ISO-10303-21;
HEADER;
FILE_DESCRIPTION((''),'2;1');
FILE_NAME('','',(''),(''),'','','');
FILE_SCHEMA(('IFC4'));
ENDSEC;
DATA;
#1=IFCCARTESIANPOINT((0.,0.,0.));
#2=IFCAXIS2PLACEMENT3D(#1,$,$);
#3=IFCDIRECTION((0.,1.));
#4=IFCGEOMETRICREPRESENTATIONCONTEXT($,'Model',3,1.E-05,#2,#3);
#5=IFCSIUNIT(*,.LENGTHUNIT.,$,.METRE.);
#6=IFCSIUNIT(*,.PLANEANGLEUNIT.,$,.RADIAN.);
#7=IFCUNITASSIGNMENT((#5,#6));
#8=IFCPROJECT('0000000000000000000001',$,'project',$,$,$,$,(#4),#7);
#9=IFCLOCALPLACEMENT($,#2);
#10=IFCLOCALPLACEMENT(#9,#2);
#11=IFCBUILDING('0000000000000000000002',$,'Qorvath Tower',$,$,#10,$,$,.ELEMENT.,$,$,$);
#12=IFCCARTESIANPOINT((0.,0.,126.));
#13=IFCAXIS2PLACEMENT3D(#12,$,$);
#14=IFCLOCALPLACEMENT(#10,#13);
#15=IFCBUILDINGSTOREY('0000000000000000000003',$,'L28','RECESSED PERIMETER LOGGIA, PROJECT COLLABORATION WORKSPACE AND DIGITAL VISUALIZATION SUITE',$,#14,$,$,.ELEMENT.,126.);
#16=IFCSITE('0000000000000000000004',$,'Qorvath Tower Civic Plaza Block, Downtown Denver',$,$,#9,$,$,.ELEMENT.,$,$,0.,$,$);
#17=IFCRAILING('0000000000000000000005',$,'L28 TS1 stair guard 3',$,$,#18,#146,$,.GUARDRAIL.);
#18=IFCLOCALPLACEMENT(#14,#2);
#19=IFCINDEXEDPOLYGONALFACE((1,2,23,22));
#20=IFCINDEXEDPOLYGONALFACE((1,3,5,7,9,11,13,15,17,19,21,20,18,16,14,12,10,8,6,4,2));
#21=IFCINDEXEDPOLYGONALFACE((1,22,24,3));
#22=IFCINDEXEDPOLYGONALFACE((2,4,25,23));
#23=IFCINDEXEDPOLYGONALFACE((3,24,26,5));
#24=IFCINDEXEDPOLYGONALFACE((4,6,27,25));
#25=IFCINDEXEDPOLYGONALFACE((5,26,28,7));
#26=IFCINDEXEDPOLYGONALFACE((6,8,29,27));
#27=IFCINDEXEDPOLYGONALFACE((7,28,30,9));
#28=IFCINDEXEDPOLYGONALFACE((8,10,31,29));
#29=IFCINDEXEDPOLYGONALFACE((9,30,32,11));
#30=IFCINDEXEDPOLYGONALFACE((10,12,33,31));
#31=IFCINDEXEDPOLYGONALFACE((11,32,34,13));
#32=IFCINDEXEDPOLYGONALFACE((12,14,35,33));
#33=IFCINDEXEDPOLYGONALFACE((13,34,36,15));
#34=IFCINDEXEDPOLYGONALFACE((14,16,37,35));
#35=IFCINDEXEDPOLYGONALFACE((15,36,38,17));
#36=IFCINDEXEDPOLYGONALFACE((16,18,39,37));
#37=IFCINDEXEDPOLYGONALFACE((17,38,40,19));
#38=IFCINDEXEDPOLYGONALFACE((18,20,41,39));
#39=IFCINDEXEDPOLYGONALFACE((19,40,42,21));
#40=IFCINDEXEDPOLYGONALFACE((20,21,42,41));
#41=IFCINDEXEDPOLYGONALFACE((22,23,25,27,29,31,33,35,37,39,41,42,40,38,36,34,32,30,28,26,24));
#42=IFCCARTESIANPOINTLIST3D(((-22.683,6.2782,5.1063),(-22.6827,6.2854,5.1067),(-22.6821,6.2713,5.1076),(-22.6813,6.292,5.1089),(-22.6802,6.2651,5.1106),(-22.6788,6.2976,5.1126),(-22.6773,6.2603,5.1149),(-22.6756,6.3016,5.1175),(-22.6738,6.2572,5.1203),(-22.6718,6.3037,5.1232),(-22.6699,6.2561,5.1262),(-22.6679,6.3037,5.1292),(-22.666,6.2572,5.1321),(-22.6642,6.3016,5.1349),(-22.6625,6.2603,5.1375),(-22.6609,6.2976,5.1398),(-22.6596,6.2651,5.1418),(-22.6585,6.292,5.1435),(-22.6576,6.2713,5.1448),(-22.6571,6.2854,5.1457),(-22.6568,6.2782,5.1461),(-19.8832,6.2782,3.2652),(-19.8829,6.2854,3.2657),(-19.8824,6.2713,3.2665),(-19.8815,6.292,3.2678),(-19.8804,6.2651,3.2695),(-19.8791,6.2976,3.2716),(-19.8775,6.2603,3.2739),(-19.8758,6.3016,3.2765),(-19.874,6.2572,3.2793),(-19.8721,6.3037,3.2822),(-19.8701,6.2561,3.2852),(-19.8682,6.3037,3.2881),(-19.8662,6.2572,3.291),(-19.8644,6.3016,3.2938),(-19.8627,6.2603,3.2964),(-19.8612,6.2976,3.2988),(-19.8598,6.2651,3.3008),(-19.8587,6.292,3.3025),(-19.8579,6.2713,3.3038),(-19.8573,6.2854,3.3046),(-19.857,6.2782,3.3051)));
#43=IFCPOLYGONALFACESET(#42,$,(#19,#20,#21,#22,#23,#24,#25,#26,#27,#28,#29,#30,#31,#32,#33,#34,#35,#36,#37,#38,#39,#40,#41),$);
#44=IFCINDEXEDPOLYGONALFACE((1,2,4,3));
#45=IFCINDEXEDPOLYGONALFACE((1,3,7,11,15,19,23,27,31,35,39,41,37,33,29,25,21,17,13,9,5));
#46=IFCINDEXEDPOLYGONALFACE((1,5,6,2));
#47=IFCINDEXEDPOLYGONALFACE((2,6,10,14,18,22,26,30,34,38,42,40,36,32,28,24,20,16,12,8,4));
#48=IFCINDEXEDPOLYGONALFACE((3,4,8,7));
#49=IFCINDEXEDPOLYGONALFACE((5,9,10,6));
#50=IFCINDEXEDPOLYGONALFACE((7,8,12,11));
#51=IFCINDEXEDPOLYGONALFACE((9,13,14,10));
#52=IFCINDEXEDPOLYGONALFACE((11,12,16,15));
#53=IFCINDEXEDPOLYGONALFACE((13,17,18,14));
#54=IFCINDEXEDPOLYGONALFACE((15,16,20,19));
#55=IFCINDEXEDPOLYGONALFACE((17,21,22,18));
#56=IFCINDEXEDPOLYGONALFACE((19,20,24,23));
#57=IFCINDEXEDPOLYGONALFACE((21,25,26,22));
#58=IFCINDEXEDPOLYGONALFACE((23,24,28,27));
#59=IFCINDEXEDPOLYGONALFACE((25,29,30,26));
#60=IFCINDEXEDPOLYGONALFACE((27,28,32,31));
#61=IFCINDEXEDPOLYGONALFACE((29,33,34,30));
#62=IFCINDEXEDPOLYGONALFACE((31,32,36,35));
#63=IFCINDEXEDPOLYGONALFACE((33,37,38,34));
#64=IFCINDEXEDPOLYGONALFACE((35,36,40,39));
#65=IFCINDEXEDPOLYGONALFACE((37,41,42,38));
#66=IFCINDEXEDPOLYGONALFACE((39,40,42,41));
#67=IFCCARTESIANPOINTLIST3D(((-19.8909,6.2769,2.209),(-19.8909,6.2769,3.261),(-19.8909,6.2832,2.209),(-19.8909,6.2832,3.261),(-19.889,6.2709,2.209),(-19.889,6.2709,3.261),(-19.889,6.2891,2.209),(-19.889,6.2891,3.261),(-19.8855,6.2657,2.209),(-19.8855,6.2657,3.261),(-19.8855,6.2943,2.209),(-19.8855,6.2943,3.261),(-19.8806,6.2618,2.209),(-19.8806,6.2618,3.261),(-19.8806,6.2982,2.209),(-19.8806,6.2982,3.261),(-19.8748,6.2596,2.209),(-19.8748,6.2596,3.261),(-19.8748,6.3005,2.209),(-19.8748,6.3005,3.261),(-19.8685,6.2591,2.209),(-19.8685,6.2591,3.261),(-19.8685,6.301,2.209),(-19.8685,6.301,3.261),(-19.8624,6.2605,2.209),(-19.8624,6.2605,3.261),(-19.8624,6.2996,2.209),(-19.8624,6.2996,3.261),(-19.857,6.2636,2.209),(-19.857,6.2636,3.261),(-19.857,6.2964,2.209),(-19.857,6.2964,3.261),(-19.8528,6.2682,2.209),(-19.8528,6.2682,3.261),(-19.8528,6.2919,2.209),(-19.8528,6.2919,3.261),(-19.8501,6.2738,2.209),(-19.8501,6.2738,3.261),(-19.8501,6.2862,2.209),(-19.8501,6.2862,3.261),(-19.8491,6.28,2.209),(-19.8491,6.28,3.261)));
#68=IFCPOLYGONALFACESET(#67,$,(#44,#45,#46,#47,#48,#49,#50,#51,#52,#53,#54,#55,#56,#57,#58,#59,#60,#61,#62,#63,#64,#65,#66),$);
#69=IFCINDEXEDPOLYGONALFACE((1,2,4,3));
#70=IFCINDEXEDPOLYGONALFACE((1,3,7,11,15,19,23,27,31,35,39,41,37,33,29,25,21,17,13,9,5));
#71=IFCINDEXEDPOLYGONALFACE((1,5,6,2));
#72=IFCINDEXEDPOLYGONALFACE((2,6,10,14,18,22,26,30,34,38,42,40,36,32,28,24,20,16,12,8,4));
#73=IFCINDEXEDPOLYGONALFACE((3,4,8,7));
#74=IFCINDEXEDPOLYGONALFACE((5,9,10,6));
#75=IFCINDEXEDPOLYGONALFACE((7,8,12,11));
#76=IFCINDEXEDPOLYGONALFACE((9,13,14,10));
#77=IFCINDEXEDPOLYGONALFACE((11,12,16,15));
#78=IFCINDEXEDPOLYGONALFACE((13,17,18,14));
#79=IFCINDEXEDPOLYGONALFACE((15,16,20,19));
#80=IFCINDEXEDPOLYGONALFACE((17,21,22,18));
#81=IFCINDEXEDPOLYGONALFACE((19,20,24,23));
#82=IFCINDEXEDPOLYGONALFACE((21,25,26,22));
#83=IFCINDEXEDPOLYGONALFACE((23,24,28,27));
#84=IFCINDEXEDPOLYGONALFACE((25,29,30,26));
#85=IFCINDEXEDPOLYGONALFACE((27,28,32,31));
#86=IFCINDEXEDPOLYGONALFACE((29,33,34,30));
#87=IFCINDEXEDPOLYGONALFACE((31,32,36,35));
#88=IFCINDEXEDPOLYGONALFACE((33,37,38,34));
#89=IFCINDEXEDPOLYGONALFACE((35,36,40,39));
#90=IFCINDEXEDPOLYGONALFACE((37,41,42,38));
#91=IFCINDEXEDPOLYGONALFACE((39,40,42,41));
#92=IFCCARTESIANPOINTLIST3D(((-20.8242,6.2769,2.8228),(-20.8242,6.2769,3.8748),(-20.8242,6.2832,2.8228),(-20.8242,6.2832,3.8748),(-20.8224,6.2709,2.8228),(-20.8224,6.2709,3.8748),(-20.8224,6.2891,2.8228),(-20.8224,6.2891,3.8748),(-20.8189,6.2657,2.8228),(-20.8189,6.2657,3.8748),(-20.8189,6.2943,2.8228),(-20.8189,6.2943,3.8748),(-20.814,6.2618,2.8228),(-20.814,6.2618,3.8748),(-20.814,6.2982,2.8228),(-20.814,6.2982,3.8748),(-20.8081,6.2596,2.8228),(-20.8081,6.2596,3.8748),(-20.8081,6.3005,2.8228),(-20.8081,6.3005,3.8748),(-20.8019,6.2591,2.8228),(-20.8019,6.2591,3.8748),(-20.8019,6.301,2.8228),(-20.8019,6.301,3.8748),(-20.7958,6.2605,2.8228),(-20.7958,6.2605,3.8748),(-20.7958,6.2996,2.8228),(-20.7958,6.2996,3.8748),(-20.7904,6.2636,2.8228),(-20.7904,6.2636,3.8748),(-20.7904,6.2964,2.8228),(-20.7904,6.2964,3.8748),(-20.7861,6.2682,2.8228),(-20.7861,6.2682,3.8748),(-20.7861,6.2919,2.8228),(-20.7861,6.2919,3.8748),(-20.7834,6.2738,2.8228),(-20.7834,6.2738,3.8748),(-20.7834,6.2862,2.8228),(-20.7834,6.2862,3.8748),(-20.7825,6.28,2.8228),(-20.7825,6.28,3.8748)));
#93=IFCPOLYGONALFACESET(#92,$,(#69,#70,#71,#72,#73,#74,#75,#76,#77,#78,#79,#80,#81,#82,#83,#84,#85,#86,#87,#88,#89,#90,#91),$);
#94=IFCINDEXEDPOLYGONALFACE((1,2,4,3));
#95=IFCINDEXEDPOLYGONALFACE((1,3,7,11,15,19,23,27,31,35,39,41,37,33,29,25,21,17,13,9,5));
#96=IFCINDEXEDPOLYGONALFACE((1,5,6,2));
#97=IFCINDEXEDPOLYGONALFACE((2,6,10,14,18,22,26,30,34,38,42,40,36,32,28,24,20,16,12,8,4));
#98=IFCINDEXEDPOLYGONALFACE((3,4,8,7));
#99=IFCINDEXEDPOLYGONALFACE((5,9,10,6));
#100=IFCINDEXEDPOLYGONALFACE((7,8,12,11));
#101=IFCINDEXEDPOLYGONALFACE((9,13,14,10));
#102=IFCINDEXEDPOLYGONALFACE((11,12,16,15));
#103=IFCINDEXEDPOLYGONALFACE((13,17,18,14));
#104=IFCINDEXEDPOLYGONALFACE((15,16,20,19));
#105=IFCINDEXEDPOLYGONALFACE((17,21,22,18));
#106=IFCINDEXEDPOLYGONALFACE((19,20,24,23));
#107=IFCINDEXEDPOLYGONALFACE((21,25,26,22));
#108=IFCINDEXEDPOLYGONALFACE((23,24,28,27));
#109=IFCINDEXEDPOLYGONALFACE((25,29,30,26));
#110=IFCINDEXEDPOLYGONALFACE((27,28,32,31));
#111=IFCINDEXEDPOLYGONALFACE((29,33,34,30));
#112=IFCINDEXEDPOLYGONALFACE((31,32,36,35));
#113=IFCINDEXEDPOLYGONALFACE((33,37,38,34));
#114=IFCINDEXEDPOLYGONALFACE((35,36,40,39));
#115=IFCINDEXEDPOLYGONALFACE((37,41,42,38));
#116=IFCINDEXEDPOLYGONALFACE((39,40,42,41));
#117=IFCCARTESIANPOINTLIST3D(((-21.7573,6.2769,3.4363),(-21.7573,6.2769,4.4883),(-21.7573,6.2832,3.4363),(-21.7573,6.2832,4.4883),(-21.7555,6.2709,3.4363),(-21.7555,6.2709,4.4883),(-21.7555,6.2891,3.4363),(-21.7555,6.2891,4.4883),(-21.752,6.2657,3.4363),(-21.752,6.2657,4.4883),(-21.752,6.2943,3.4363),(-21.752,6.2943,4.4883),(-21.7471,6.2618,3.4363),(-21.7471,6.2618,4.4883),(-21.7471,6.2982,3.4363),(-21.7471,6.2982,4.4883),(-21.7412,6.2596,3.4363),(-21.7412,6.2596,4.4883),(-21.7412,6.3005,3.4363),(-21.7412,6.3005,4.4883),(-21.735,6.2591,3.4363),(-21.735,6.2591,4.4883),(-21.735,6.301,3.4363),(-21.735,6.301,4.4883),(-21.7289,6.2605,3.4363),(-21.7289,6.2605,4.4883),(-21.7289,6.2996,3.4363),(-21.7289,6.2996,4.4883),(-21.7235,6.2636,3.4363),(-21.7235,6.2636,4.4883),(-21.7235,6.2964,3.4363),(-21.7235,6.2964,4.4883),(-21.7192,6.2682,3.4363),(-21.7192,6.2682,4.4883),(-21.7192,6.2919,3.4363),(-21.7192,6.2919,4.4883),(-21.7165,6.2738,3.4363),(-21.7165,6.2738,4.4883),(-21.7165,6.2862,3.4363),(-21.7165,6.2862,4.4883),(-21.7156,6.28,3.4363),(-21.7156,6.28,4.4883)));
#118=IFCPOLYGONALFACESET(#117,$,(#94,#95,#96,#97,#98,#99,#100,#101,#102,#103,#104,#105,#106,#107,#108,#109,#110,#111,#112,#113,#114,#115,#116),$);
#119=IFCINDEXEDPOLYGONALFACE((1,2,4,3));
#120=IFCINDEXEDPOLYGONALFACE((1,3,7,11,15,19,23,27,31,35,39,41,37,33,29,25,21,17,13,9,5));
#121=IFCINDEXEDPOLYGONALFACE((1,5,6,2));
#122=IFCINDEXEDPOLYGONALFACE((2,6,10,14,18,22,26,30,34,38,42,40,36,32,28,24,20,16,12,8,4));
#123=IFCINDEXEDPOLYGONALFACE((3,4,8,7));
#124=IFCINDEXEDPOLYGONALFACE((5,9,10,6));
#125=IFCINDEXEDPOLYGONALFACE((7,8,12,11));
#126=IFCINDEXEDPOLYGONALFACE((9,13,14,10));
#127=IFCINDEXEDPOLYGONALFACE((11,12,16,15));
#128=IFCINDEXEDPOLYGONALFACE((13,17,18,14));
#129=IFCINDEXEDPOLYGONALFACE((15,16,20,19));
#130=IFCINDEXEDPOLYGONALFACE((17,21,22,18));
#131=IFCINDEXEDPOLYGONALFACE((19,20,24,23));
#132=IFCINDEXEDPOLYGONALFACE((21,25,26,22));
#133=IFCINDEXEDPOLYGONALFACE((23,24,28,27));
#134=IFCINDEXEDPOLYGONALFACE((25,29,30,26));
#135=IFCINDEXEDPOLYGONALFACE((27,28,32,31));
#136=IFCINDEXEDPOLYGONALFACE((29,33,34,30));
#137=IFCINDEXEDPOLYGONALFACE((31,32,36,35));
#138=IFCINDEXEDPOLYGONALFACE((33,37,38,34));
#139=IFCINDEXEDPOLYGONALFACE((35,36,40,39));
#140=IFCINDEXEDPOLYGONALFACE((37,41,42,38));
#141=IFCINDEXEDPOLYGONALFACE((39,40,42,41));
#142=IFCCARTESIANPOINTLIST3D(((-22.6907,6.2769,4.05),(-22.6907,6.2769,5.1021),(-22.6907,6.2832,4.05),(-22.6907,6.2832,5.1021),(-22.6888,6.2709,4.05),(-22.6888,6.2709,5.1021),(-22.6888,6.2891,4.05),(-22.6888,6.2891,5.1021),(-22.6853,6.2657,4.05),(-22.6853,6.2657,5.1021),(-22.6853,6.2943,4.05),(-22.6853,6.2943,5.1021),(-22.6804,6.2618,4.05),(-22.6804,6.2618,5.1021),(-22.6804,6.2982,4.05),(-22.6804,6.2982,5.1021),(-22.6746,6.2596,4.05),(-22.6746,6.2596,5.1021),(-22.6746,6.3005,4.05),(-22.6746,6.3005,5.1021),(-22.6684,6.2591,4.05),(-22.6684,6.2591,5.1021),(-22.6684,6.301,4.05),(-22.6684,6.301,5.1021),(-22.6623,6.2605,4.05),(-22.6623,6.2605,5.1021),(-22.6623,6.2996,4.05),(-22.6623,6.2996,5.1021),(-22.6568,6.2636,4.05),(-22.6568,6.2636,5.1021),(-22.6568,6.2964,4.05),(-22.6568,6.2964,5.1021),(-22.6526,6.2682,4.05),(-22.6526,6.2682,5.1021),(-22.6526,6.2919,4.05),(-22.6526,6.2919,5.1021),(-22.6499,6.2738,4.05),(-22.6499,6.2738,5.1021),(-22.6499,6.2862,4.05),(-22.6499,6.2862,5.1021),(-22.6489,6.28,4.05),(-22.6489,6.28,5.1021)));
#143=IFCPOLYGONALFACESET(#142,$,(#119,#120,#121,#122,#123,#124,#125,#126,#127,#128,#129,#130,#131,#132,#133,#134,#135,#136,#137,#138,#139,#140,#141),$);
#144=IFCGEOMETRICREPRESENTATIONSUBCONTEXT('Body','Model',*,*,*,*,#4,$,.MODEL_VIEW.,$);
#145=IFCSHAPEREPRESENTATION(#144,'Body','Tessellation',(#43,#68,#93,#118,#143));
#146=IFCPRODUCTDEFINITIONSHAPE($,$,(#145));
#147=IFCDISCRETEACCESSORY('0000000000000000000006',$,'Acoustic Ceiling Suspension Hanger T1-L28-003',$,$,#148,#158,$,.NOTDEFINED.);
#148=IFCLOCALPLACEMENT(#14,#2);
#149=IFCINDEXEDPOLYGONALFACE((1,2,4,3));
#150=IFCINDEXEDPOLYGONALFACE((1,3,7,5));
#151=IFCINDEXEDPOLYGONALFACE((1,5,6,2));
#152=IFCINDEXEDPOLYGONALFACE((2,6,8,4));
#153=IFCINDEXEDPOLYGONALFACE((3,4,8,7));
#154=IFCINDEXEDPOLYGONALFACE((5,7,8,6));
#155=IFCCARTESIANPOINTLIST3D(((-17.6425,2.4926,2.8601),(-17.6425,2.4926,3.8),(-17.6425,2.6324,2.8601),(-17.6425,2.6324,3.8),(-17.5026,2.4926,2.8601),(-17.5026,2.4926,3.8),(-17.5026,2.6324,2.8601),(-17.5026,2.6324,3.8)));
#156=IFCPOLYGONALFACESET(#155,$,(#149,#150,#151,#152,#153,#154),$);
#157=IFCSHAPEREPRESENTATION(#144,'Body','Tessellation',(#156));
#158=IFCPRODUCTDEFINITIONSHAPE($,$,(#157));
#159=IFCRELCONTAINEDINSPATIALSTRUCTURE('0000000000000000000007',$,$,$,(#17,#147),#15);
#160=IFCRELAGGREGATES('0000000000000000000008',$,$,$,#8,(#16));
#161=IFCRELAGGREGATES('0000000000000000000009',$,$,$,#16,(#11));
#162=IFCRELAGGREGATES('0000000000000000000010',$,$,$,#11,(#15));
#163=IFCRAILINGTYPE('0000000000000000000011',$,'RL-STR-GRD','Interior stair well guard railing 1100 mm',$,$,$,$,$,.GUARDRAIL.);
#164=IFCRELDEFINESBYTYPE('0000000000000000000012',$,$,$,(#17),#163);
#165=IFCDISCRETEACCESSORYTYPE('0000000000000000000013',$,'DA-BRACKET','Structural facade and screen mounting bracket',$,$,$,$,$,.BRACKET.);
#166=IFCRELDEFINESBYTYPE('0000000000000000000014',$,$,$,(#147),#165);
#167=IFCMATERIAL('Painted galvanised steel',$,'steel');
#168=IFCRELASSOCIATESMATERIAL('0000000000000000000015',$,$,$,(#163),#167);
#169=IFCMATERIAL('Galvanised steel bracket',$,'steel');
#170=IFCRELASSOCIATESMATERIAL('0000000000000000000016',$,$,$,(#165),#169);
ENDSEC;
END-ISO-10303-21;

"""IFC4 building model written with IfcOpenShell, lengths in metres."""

from ifc_helpers import new_model, si_unit, direction, frame, origin, origin_2d, place, context, subcontext, project, spatial, rectangle, circle, extrude, material, type_object, element, save


model = new_model("IFC4")

# Units and contexts
model_context = context("Model", 3, precision=1e-05, world=origin(), true_north=direction((0.0, 1.0)))
body_context = subcontext(model_context, "Body", "Model", "MODEL_VIEW")
ifc_project = project(units=[si_unit("LENGTHUNIT", "METRE"), si_unit("PLANEANGLEUNIT", "RADIAN")], contexts=[model_context])

# Site, building, storey
site_placement = place(None, origin())
site = spatial("IfcSite", under=ifc_project, at=site_placement, Name="Qorvath Tower Civic Plaza Block, Downtown Denver", CompositionType="ELEMENT", RefElevation=0.0)
building_placement = place(site_placement, origin())
building = spatial("IfcBuilding", under=site, at=building_placement, Name="Qorvath Tower", CompositionType="ELEMENT")
storey_placement = place(building_placement, frame((0.0, 0.0, 126.0)))
storey = spatial("IfcBuildingStorey", under=building, at=storey_placement, Name="L28", Description="RECESSED PERIMETER LOGGIA, PROJECT COLLABORATION WORKSPACE AND DIGITAL VISUALIZATION SUITE", CompositionType="ELEMENT", Elevation=126.0)

# Railing
ifc_material_1 = material(Name="Painted galvanised steel", Category="steel")
railing_type = type_object("IfcRailingType", Name="RL-STR-GRD", Description="Interior stair well guard railing 1100 mm", PredefinedType="GUARDRAIL", material=ifc_material_1)
railing_1_placement = place(storey_placement, frame((-19.8701, 6.28, 2.209)))
element("IfcRailing", 1, at=railing_1_placement, inside=storey, type_object=railing_type, Name="L28 TS1 stair guard 3", PredefinedType="GUARDRAIL", context=body_context, shape_type="SweptSolid", body=[
    extrude(circle(Radius=0.0239, at=origin_2d()), frame((0.0, 0.0, 1.0762), z_axis=(-0.835542, 0.0, 0.549426), x_axis=(0.0, -1.0, 0.0)), (0.0, 0.0, 1.0), 3.3508),
    extrude(circle(Radius=0.021, at=origin_2d()), origin(), (0.0, 0.0, 1.0), 1.052),
    extrude(circle(Radius=0.021, at=origin_2d()), frame((-0.9333, 0.0, 0.6138)), (0.0, 0.0, 1.0), 1.052),
    extrude(circle(Radius=0.021, at=origin_2d()), frame((-1.8665, 0.0, 1.2273)), (0.0, 0.0, 1.0), 1.052),
    extrude(circle(Radius=0.021, at=origin_2d()), frame((-2.7998, 0.0, 1.8411)), (0.0, 0.0, 1.0), 1.052),
])

# Discrete accessory
ifc_material_2 = material(Name="Galvanised steel bracket", Category="steel")
discrete_accessory_type = type_object("IfcDiscreteAccessoryType", Name="DA-BRACKET", Description="Structural facade and screen mounting bracket", PredefinedType="BRACKET", material=ifc_material_2)
discrete_accessory_placement = place(storey_placement, frame((-17.5725, 2.5625, 2.8601), z_axis=(0.0, 0.0, 1.0), x_axis=(1.0, 0.0, 0.0)))
element("IfcDiscreteAccessory", 2, at=discrete_accessory_placement, inside=storey, type_object=discrete_accessory_type, Name="Acoustic Ceiling Suspension Hanger T1-L28-003", PredefinedType="NOTDEFINED", context=body_context, shape_type="SweptSolid", body=[
    extrude(rectangle(XDim=0.1399, YDim=0.1399, at=origin_2d()), origin(), (0.0, 0.0, 1.0), 0.9399),
])

save(model, "model.ifc")
